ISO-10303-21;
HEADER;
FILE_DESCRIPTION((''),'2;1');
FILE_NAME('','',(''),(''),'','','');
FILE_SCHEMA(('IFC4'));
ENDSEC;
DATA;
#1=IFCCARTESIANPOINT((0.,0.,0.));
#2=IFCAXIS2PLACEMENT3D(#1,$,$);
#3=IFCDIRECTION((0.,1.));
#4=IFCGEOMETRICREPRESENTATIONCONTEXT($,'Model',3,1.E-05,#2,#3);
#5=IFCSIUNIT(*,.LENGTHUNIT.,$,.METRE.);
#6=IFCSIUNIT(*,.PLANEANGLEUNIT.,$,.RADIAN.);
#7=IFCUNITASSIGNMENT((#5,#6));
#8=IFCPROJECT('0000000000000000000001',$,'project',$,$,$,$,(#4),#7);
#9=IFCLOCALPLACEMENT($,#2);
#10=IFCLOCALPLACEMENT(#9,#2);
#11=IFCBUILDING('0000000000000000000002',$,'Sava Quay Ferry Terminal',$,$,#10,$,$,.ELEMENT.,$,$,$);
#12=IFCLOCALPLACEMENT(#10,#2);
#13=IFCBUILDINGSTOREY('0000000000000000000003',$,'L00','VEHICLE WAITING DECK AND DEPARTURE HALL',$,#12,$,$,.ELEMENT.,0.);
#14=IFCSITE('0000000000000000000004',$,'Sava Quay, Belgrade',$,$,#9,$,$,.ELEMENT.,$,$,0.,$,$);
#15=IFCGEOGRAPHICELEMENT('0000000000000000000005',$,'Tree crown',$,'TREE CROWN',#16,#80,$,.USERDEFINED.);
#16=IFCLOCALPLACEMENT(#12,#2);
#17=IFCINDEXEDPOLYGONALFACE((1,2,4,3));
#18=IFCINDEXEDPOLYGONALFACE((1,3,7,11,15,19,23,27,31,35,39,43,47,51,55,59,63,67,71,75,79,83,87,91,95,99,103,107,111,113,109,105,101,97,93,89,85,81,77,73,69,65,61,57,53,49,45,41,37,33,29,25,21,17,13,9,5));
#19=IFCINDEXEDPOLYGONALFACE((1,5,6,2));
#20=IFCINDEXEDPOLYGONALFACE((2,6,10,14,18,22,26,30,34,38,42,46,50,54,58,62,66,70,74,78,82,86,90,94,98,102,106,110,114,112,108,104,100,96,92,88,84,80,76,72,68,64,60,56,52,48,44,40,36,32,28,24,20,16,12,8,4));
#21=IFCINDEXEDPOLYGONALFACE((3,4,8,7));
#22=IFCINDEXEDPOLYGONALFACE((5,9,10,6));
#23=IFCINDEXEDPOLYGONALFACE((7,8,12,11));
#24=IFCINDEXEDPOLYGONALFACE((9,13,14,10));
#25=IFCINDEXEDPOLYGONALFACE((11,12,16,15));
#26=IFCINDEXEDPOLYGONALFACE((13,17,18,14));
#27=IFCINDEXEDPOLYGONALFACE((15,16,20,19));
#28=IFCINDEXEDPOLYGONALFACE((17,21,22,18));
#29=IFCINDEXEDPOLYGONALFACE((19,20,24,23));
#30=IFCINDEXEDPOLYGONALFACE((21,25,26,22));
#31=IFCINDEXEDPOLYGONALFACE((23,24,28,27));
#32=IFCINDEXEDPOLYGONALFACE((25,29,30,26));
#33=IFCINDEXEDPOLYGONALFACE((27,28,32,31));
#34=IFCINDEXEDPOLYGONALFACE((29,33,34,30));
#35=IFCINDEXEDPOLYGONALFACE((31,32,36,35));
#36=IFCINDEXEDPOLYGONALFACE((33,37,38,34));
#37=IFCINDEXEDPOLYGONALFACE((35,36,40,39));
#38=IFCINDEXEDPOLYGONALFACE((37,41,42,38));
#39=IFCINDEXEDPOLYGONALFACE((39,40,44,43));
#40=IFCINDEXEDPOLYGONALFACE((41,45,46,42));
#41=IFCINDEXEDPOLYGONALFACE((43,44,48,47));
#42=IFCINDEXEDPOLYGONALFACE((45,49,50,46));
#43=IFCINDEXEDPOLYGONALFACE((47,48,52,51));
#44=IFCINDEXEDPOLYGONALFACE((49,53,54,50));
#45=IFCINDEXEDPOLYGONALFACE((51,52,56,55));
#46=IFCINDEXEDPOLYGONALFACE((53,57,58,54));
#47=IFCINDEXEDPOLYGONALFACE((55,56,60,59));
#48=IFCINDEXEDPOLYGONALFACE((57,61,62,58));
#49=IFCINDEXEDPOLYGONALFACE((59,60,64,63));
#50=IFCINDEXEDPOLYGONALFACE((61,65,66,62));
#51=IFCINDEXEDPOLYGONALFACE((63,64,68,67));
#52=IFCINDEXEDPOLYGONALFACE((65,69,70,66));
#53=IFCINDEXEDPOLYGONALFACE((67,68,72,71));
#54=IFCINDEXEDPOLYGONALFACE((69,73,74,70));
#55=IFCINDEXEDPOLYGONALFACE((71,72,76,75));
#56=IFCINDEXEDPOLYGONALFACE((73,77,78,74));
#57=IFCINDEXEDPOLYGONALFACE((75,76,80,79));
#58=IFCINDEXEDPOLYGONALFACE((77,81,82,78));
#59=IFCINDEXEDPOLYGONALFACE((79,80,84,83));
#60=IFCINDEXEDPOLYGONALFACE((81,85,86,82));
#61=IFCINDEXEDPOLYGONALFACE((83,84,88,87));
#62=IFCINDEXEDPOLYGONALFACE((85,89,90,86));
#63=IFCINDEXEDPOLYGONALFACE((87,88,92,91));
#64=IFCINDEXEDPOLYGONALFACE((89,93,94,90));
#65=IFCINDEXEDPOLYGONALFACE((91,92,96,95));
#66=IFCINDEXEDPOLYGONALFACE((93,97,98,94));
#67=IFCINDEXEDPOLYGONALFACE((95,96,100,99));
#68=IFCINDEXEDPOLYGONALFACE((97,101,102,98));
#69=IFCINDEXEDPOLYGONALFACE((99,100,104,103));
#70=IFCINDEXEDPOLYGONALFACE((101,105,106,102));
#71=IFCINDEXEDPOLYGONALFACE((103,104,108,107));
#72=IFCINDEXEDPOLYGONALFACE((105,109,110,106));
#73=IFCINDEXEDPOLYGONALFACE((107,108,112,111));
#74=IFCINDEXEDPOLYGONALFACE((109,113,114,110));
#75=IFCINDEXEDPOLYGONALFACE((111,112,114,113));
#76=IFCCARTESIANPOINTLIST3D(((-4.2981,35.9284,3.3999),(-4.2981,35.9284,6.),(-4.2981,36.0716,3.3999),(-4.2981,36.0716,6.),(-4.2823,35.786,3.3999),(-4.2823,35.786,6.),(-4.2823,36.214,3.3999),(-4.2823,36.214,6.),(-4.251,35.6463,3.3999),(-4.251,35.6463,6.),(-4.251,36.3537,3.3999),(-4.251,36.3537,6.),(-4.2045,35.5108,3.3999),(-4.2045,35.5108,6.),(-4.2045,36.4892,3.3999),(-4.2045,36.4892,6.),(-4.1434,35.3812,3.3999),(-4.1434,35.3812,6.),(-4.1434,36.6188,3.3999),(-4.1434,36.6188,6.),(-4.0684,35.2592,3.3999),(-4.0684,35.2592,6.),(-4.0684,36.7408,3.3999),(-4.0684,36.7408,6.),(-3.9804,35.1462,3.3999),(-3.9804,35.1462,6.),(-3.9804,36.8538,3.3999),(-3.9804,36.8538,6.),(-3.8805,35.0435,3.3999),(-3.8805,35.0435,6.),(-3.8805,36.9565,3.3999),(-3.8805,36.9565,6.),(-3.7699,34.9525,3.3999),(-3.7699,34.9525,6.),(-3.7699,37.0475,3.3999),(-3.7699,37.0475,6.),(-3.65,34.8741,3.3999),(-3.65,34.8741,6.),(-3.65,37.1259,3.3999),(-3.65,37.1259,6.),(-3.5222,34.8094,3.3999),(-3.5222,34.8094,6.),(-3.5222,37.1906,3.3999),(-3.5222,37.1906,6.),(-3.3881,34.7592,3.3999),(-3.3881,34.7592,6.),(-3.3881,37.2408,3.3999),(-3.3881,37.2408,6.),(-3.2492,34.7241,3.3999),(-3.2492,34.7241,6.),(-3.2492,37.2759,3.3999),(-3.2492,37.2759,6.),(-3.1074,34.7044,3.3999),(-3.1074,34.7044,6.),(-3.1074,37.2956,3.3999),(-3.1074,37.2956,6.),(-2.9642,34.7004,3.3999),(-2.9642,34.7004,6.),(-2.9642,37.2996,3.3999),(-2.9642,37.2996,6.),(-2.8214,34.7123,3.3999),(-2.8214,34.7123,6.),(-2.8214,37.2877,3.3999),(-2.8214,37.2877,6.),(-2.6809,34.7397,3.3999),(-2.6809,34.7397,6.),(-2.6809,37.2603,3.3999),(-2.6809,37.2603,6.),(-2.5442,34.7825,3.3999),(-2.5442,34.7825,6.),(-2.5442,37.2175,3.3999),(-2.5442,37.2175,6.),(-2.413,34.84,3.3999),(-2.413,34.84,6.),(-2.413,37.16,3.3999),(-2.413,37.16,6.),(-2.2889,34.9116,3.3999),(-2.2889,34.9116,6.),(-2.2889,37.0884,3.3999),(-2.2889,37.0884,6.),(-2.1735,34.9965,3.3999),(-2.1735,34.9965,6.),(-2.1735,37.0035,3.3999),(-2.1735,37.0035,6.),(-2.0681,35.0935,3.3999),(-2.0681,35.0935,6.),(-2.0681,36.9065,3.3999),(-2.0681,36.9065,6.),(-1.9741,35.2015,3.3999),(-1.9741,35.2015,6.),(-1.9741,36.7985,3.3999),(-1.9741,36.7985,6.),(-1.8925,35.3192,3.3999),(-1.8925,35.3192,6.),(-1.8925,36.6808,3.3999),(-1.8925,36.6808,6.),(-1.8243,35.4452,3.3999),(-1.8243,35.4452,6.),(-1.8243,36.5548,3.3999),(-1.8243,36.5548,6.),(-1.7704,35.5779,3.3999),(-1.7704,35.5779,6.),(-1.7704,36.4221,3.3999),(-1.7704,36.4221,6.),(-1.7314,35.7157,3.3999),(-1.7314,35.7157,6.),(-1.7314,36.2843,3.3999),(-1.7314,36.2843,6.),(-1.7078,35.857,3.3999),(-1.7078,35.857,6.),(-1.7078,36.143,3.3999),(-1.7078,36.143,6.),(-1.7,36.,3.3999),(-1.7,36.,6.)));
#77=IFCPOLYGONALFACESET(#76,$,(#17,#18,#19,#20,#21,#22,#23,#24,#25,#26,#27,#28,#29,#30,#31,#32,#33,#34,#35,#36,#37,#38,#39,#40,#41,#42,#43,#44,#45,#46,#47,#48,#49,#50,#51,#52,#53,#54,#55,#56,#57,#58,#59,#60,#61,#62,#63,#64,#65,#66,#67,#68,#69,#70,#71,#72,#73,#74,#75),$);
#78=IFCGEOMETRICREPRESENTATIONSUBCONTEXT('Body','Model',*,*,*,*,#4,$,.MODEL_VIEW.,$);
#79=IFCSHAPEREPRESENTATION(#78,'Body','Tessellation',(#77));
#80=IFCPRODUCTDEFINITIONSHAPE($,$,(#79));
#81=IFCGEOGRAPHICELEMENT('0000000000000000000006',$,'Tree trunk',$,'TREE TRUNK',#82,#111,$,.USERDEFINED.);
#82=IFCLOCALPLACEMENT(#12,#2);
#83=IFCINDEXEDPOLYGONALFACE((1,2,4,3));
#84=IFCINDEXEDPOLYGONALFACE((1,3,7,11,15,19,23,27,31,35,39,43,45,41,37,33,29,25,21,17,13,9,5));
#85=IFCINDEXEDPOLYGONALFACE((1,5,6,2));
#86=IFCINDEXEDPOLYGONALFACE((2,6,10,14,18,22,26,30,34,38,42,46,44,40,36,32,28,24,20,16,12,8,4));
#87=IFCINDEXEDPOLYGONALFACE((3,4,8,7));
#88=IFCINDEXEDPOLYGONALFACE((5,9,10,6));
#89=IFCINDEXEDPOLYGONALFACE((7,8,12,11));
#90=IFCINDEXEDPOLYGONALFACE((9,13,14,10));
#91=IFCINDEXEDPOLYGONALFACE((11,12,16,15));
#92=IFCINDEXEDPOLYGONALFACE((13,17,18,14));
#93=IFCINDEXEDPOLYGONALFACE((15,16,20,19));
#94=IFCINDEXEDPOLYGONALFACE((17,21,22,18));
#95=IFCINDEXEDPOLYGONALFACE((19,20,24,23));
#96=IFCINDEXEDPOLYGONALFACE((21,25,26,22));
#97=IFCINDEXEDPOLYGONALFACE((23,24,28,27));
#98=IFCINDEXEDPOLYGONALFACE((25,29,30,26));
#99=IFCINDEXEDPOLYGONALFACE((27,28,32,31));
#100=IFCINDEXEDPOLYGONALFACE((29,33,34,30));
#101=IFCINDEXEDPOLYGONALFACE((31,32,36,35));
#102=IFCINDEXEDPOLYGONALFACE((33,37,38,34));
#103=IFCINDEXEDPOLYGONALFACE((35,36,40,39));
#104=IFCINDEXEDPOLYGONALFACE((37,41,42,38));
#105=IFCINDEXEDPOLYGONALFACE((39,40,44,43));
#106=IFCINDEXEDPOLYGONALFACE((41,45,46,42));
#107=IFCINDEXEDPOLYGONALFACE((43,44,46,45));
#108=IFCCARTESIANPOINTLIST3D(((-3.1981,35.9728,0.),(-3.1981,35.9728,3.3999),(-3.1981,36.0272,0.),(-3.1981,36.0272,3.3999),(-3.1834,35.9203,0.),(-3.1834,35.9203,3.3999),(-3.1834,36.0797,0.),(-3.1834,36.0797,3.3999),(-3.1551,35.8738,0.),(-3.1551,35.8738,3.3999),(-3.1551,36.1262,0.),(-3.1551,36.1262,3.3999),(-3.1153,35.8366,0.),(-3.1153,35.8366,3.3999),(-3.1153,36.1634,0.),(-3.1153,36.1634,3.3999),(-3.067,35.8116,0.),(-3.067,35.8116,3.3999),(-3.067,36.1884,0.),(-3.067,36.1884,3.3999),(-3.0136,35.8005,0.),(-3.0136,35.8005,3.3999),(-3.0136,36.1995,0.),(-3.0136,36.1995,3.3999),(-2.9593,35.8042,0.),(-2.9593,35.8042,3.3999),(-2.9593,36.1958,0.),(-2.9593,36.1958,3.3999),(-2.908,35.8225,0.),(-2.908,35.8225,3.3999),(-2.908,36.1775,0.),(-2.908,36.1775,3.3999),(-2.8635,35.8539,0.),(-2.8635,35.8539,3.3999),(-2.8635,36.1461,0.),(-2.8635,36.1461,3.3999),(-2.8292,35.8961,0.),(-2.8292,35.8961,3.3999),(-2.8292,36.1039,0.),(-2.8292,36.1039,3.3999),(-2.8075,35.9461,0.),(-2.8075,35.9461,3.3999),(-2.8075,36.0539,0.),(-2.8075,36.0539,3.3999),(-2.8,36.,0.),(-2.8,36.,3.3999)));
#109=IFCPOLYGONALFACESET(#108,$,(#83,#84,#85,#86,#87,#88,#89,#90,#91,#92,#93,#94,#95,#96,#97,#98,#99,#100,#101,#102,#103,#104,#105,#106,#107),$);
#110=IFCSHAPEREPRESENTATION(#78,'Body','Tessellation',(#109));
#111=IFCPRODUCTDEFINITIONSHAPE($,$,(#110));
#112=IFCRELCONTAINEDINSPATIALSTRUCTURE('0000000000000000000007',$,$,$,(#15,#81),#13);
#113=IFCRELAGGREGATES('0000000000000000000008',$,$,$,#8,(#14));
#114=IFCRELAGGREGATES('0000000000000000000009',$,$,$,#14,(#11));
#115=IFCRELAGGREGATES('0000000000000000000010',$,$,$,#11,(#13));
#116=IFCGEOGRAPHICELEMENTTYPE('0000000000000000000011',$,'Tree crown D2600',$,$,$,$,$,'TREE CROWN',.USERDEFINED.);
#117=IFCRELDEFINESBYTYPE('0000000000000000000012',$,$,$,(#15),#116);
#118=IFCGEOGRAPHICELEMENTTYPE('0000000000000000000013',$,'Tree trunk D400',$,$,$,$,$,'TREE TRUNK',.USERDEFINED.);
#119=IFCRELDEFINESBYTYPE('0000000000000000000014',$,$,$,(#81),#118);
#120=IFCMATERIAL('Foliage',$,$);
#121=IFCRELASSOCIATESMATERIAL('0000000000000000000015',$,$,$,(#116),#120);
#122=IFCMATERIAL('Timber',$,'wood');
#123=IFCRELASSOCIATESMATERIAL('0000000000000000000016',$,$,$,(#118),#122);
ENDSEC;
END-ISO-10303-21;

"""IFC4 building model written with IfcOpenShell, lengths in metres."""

from ifc_helpers import new_model, si_unit, direction, frame, origin, origin_2d, place, context, subcontext, project, spatial, circle, extrude, material, type_object, element, save


model = new_model("IFC4")

# Units and contexts
model_context = context("Model", 3, precision=1e-05, world=origin(), true_north=direction((0.0, 1.0)))
body_context = subcontext(model_context, "Body", "Model", "MODEL_VIEW")
ifc_project = project(units=[si_unit("LENGTHUNIT", "METRE"), si_unit("PLANEANGLEUNIT", "RADIAN")], contexts=[model_context])

# Site, building, storey
site_placement = place(None, origin())
site = spatial("IfcSite", under=ifc_project, at=site_placement, Name="Sava Quay, Belgrade", CompositionType="ELEMENT", RefElevation=0.0)
building_placement = place(site_placement, origin())
building = spatial("IfcBuilding", under=site, at=building_placement, Name="Sava Quay Ferry Terminal", CompositionType="ELEMENT")
storey_placement = place(building_placement, origin())
storey = spatial("IfcBuildingStorey", under=building, at=storey_placement, Name="L00", Description="VEHICLE WAITING DECK AND DEPARTURE HALL", CompositionType="ELEMENT", Elevation=0.0)

# Geographic elements
ifc_material_1 = material(Name="Foliage")
geographic_element_type_1 = type_object("IfcGeographicElementType", Name="Tree crown D2600", ElementType="TREE CROWN", PredefinedType="USERDEFINED", material=ifc_material_1)
geographic_element_1_placement = place(storey_placement, frame((-3.0, 36.0, 6.0), z_axis=(0.0, 0.0, -1.0), x_axis=(1.0, 0.0, 0.0)))
element("IfcGeographicElement", 1, at=geographic_element_1_placement, inside=storey, type_object=geographic_element_type_1, Name="Tree crown", ObjectType="TREE CROWN", PredefinedType="USERDEFINED", context=body_context, shape_type="SweptSolid", body=[
    extrude(circle(Radius=1.3, at=origin_2d()), origin(), (0.0, 0.0, 1.0), 2.6001),
])
ifc_material_2 = material(Name="Timber", Category="wood")
geographic_element_type_2 = type_object("IfcGeographicElementType", Name="Tree trunk D400", ElementType="TREE TRUNK", PredefinedType="USERDEFINED", material=ifc_material_2)
geographic_element_2_placement = place(storey_placement, frame((-3.0, 36.0, 3.3999), z_axis=(0.0, 0.0, -1.0), x_axis=(1.0, 0.0, 0.0)))
element("IfcGeographicElement", 2, at=geographic_element_2_placement, inside=storey, type_object=geographic_element_type_2, Name="Tree trunk", ObjectType="TREE TRUNK", PredefinedType="USERDEFINED", context=body_context, shape_type="SweptSolid", body=[
    extrude(circle(Radius=0.2, at=origin_2d()), origin(), (0.0, 0.0, 1.0), 3.3999),
])

save(model, "model.ifc")
